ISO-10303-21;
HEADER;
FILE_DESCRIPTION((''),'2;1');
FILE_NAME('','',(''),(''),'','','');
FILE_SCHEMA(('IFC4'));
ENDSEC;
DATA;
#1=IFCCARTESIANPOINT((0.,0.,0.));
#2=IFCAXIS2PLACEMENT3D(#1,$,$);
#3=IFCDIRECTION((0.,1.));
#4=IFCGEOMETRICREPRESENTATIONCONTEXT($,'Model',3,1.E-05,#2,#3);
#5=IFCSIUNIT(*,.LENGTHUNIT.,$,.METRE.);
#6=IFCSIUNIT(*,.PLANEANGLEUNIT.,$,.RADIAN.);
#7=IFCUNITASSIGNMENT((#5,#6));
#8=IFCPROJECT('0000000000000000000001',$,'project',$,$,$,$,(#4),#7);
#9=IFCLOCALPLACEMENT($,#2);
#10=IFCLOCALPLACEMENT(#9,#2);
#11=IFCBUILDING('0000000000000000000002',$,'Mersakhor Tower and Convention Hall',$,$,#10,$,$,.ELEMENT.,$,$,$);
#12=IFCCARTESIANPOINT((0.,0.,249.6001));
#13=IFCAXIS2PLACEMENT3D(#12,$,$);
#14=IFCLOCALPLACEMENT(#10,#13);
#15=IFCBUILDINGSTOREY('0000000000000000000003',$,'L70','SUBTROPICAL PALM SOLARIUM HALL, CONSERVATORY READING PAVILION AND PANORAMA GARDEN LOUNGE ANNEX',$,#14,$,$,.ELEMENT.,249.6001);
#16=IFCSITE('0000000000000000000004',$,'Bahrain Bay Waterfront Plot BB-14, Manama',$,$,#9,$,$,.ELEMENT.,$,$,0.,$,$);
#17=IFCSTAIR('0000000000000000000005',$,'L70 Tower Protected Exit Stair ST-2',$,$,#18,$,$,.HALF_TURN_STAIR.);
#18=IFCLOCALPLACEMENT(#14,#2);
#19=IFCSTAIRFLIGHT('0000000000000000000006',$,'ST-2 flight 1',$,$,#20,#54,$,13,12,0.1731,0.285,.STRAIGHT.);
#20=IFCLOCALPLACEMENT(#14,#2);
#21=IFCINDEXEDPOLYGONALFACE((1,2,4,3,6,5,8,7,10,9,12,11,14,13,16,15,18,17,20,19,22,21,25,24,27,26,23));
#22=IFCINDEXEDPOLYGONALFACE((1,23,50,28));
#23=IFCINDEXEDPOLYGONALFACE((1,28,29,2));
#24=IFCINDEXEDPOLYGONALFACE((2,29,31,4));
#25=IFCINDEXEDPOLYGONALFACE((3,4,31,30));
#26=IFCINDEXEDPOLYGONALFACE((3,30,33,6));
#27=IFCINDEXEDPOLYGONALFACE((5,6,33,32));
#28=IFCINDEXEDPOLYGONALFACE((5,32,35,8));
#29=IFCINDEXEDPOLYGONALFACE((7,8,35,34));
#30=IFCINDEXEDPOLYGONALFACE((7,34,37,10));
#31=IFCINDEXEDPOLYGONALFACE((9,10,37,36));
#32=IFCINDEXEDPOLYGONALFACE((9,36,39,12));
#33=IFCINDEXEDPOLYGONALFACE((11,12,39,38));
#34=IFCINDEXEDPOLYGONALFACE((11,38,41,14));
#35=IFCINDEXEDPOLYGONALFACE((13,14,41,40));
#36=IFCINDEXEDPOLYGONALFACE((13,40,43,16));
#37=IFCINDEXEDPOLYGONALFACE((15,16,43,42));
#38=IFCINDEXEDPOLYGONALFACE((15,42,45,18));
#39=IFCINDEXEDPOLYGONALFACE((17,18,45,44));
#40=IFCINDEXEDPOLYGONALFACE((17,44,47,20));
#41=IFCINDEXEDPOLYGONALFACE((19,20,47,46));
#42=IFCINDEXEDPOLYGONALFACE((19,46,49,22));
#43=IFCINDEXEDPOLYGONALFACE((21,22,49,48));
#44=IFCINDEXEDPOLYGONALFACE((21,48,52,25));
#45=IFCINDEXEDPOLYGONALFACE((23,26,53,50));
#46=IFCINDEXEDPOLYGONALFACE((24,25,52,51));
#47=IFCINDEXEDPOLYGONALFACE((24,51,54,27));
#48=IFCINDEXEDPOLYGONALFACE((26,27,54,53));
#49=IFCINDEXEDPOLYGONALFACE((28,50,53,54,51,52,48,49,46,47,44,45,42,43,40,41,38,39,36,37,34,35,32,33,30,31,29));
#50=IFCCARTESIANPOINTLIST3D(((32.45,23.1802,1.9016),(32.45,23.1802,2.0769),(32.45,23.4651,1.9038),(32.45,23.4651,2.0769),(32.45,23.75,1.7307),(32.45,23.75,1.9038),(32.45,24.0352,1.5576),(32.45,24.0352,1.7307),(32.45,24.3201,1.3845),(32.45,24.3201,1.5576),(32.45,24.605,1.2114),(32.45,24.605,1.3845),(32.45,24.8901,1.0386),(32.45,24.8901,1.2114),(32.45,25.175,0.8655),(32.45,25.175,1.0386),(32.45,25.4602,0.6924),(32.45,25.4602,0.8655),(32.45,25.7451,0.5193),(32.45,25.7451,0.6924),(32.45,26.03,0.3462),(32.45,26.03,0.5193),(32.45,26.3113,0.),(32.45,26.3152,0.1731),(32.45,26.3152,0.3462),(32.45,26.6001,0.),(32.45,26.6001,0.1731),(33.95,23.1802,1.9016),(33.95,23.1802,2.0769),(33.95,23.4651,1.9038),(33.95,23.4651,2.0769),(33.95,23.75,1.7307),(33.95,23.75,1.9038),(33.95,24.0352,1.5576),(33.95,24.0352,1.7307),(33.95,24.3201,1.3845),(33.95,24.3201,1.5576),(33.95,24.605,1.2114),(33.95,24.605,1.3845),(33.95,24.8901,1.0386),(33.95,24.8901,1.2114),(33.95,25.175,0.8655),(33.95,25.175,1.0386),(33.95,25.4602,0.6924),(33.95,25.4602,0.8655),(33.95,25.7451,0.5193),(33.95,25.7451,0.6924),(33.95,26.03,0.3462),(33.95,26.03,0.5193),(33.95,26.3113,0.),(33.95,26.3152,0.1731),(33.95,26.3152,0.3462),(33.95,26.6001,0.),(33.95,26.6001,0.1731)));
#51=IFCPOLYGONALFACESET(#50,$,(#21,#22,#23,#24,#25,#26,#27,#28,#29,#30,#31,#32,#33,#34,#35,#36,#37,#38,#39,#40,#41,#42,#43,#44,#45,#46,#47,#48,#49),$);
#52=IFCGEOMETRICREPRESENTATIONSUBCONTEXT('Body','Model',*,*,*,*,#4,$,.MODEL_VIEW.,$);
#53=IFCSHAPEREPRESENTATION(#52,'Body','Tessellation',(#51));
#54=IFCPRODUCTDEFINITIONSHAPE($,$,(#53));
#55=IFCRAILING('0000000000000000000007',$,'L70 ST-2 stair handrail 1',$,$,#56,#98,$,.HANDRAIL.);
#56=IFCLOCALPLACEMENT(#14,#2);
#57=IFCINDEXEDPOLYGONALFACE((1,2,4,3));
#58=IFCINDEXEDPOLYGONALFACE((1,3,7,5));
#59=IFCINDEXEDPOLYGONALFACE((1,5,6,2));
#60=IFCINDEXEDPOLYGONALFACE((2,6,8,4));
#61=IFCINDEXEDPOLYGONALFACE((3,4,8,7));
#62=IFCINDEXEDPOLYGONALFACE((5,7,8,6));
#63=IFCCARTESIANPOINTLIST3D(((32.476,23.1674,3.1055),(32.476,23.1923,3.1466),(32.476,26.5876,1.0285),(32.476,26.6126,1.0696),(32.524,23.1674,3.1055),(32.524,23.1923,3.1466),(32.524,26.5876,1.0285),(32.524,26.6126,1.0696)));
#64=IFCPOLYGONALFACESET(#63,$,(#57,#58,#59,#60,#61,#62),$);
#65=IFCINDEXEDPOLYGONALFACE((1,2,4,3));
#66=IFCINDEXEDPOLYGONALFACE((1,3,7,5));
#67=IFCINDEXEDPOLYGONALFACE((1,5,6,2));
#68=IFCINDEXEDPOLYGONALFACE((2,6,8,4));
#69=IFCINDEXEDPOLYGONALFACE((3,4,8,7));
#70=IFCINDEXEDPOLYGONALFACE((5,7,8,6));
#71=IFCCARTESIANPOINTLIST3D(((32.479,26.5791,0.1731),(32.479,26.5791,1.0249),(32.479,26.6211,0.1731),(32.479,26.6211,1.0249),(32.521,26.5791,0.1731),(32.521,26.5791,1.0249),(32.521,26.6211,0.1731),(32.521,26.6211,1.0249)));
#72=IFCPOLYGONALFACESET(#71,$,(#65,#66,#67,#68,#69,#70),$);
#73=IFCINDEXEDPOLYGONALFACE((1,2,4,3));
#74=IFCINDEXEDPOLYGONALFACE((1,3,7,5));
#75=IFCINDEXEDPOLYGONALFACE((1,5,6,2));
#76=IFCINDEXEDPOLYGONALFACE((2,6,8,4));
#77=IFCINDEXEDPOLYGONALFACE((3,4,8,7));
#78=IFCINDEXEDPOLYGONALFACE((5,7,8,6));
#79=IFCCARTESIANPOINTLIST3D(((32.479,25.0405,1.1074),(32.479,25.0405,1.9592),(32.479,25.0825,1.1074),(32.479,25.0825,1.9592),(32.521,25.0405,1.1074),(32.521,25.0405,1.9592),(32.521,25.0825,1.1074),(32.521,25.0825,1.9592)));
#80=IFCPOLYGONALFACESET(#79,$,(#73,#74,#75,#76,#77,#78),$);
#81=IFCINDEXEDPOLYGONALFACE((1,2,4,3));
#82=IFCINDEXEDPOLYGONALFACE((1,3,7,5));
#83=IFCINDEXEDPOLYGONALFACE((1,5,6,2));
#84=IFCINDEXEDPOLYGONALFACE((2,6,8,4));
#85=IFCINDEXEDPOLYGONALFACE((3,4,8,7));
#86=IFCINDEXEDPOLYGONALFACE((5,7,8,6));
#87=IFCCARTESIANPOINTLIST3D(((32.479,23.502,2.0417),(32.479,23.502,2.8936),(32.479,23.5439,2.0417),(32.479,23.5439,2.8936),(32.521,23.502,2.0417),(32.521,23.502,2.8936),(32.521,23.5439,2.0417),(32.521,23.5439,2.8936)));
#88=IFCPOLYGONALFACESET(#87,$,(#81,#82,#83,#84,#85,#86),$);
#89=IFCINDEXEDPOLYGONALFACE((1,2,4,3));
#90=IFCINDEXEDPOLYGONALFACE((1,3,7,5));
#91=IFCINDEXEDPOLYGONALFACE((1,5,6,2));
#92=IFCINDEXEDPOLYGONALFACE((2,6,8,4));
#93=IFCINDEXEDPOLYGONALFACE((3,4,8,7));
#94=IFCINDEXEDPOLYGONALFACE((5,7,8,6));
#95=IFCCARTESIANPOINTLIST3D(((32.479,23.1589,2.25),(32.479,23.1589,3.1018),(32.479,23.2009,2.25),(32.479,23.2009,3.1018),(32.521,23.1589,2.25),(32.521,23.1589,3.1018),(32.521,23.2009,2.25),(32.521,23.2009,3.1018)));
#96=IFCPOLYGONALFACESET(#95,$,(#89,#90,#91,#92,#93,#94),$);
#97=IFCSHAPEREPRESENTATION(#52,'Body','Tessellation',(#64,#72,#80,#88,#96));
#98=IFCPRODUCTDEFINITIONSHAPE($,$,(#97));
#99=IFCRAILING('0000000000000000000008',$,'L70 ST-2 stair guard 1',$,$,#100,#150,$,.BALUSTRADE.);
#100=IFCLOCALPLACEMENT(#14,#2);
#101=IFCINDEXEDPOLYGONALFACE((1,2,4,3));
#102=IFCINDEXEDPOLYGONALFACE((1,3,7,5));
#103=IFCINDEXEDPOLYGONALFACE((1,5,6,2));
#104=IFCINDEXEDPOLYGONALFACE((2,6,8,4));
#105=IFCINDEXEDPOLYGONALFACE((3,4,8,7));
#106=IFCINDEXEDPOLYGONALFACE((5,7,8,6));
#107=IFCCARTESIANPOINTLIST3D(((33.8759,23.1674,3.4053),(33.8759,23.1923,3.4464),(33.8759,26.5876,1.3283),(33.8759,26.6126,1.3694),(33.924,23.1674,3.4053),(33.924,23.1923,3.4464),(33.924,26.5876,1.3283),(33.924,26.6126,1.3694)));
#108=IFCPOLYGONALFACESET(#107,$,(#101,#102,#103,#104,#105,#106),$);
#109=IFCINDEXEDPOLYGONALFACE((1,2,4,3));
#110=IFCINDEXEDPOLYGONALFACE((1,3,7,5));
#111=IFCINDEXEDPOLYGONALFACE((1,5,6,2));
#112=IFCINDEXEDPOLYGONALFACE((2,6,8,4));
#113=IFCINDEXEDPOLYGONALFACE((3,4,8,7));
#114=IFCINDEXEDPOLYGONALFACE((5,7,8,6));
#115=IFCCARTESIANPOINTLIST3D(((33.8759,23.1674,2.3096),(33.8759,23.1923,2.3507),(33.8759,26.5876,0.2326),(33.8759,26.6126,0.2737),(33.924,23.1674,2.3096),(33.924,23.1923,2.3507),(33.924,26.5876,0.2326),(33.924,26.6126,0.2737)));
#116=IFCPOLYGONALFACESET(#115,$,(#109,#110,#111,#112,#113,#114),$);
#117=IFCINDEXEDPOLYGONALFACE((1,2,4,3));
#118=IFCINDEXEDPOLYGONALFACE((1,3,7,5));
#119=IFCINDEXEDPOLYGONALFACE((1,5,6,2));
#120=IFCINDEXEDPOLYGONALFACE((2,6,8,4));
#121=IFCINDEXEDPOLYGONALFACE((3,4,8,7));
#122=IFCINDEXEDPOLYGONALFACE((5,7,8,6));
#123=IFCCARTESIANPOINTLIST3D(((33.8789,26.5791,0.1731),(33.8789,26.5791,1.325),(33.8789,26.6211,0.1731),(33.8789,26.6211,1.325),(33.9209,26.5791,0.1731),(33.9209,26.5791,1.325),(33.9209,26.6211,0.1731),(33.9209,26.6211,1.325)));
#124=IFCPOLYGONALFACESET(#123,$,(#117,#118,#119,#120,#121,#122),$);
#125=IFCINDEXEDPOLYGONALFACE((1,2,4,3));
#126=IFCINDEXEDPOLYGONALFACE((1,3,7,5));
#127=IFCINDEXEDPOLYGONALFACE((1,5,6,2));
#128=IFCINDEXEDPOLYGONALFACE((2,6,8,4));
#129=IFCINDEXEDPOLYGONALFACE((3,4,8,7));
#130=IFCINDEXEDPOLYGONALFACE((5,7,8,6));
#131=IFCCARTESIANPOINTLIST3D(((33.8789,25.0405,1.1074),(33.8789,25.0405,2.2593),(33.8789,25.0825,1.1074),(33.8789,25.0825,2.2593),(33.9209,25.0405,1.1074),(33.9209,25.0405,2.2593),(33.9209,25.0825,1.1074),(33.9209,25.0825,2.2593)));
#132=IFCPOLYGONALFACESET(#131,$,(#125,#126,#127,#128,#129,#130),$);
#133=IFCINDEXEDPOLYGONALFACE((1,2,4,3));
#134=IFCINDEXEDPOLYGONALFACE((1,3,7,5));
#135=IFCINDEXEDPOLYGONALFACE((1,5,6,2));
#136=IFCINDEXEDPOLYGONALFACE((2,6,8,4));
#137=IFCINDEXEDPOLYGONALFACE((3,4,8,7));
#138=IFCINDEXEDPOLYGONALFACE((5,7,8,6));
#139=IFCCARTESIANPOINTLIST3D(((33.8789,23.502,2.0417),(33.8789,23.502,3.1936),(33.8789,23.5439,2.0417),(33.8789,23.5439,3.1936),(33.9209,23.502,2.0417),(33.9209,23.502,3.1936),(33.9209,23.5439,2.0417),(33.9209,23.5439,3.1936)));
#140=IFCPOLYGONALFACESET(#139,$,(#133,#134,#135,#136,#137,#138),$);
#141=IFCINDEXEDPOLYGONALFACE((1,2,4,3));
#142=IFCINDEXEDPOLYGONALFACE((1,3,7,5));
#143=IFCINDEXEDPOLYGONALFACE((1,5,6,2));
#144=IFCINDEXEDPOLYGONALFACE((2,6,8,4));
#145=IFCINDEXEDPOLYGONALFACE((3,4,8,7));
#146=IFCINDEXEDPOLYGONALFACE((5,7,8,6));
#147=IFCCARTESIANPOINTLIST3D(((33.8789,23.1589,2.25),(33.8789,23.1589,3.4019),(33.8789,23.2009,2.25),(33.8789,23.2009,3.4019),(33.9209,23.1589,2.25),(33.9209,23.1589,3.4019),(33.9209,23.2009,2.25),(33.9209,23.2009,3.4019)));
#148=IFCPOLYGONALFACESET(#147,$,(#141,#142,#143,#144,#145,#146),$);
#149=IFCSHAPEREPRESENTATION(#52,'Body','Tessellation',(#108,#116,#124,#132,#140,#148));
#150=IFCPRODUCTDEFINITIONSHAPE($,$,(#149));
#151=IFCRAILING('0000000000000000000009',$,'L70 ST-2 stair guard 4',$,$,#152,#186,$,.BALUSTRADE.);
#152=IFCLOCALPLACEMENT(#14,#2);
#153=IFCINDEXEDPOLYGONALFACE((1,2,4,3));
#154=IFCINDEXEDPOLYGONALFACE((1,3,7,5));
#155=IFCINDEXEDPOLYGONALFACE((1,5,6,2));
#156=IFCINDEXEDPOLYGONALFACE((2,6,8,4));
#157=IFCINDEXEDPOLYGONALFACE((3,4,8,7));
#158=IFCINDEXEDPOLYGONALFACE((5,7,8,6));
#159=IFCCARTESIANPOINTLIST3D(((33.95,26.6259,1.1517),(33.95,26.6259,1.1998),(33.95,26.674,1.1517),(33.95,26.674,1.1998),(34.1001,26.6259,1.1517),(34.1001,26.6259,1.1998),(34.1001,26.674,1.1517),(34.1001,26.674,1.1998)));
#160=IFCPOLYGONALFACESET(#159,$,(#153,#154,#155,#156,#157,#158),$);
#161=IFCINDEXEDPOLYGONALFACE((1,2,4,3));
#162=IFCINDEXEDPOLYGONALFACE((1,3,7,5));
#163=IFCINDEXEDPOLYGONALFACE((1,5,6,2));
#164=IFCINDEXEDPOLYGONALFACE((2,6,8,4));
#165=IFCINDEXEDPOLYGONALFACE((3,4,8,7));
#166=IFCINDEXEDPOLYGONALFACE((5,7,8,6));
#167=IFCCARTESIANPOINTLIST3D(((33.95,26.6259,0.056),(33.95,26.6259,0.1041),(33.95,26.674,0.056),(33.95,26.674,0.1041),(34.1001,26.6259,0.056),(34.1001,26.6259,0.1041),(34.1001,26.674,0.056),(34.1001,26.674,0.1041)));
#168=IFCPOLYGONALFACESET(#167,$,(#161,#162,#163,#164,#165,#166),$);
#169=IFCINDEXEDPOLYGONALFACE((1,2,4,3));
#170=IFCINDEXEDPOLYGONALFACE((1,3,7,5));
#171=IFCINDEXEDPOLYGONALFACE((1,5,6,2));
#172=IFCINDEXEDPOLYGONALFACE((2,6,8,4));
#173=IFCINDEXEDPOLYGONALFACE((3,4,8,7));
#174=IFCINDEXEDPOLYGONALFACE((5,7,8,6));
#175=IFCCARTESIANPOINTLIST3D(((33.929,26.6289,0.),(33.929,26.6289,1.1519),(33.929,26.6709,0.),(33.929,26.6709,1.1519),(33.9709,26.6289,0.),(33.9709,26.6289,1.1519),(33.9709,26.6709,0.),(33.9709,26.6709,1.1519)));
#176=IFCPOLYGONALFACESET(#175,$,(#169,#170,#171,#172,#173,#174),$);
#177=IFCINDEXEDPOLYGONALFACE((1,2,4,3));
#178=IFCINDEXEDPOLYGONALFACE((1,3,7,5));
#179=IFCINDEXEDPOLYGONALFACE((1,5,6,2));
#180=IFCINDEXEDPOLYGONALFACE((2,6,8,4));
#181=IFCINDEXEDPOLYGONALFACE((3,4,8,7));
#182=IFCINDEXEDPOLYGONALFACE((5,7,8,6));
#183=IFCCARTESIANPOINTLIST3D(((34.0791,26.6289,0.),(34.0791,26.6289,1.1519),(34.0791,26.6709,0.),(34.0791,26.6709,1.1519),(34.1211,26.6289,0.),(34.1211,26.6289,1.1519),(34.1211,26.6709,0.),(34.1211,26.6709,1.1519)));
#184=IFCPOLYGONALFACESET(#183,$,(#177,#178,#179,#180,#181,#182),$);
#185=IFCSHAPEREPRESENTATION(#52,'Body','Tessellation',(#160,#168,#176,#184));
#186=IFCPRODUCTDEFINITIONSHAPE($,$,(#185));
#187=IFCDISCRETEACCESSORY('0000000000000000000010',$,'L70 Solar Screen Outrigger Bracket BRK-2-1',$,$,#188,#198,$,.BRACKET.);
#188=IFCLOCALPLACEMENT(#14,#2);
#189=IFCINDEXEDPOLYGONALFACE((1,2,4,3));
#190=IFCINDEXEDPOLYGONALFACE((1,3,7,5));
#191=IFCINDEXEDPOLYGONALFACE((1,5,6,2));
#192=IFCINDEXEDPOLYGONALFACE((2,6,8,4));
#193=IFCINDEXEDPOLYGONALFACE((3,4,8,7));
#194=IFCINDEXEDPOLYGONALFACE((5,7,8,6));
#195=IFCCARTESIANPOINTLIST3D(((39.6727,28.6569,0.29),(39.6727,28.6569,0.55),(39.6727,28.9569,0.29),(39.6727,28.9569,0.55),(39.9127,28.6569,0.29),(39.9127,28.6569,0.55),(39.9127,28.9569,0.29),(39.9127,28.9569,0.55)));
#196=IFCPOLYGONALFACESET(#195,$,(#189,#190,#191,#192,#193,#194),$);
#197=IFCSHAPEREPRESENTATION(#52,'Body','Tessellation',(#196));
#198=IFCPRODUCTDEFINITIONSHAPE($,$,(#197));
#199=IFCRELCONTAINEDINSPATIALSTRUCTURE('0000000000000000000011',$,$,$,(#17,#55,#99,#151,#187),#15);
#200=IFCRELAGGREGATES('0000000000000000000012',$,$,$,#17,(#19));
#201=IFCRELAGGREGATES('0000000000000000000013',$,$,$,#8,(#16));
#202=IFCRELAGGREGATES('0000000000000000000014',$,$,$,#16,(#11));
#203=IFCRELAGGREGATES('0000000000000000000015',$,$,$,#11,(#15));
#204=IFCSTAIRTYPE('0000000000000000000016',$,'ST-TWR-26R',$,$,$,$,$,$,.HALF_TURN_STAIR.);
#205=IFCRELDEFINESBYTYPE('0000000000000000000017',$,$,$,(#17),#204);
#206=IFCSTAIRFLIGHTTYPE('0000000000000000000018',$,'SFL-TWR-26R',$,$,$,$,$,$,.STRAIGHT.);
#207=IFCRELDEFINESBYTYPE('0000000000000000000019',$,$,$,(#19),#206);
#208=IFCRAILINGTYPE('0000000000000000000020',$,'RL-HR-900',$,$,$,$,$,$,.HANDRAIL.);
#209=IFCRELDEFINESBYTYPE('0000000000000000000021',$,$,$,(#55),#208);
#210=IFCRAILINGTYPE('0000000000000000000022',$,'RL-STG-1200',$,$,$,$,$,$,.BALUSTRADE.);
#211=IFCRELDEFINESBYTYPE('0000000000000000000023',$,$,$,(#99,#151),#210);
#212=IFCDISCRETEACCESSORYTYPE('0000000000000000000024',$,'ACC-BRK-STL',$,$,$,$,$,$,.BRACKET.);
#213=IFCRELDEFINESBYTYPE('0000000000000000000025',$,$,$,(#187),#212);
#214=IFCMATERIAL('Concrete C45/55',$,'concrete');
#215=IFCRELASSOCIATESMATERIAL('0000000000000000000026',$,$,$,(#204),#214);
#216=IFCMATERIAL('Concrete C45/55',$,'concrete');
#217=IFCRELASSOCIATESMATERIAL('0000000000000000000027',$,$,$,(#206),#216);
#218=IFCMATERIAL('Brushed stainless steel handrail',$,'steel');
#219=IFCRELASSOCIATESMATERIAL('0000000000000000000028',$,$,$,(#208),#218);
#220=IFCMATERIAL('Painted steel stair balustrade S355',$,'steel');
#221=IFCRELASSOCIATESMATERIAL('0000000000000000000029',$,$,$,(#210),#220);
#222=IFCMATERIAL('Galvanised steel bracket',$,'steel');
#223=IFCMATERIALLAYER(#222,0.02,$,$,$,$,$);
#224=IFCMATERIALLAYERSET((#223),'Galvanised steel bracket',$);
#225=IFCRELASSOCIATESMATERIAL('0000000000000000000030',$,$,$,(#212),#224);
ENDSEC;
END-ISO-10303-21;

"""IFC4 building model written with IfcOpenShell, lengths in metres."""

from ifc_helpers import new_model, si_unit, direction, frame, origin, origin_2d, place, context, subcontext, project, spatial, polyline, rectangle, outline, extrude, material, layer, layer_set, type_object, element, aggregate, save


model = new_model("IFC4")

# Units and contexts
model_context = context("Model", 3, precision=1e-05, world=origin(), true_north=direction((0.0, 1.0)))
body_context = subcontext(model_context, "Body", "Model", "MODEL_VIEW")
ifc_project = project(units=[si_unit("LENGTHUNIT", "METRE"), si_unit("PLANEANGLEUNIT", "RADIAN")], contexts=[model_context])

# Site, building, storey
site_placement = place(None, origin())
site = spatial("IfcSite", under=ifc_project, at=site_placement, Name="Bahrain Bay Waterfront Plot BB-14, Manama", CompositionType="ELEMENT", RefElevation=0.0)
building_placement = place(site_placement, origin())
building = spatial("IfcBuilding", under=site, at=building_placement, Name="Mersakhor Tower and Convention Hall", CompositionType="ELEMENT")
storey_placement = place(building_placement, frame((0.0, 0.0, 249.6001)))
storey = spatial("IfcBuildingStorey", under=building, at=storey_placement, Name="L70", Description="SUBTROPICAL PALM SOLARIUM HALL, CONSERVATORY READING PAVILION AND PANORAMA GARDEN LOUNGE ANNEX", CompositionType="ELEMENT", Elevation=249.6001)

# Stair, stair flight
ifc_material_1 = material(Name="Concrete C45/55", Category="concrete")
stair_type = type_object("IfcStairType", Name="ST-TWR-26R", PredefinedType="HALF_TURN_STAIR", material=ifc_material_1)
stair_placement = place(storey_placement, origin())
stair = element("IfcStair", 1, at=stair_placement, inside=storey, type_object=stair_type, Name="L70 Tower Protected Exit Stair ST-2", PredefinedType="HALF_TURN_STAIR")
ifc_material_2 = material(Name="Concrete C45/55", Category="concrete")
stair_flight_type = type_object("IfcStairFlightType", Name="SFL-TWR-26R", PredefinedType="STRAIGHT", material=ifc_material_2)
stair_flight_placement = place(storey_placement, frame((33.2, 26.6001, 0.0), z_axis=(0.0, 0.0, 1.0), x_axis=(0.0, -1.0, 0.0)))
stair_flight = element("IfcStairFlight", 2, at=stair_flight_placement, type_object=stair_flight_type, Name="ST-2 flight 1", NumberOfRisers=13, NumberOfTreads=12, PredefinedType="STRAIGHT", RiserHeight=0.1731, TreadLength=0.285, context=body_context, shape_type="SweptSolid", body=[
    extrude(outline(polyline([(0.0, 0.0), (0.0, 0.1731), (0.2849, 0.1731), (0.2849, 0.3462), (0.5701, 0.3462), (0.5701, 0.5193), (0.855, 0.5193), (0.855, 0.6924), (1.1399, 0.6924), (1.1399, 0.8655), (1.425, 0.8655), (1.425, 1.0386), (1.71, 1.0386), (1.71, 1.2114), (1.9951, 1.2114), (1.9951, 1.3845), (2.28, 1.3845), (2.28, 1.5576), (2.5649, 1.5576), (2.5649, 1.7307), (2.8501, 1.7307), (2.8501, 1.9038), (3.135, 1.9038), (3.135, 2.0769), (3.4199, 2.0769), (3.4199, 2.25), (3.4199, 1.9016), (0.2888, 0.0), (0.0, 0.0)])), frame((0.0, 0.75, 0.0), z_axis=(0.0, -1.0, 0.0), x_axis=(1.0, 0.0, 0.0)), (0.0, 0.0, 1.0), 1.5),
])
aggregate(stair, [stair_flight])

# Railings
ifc_material_3 = material(Name="Brushed stainless steel handrail", Category="steel")
railing_type_1 = type_object("IfcRailingType", Name="RL-HR-900", PredefinedType="HANDRAIL", material=ifc_material_3)
railing_1_placement = place(storey_placement, frame((32.5, 26.6001, 0.1731)))
element("IfcRailing", 3, at=railing_1_placement, inside=storey, type_object=railing_type_1, Name="L70 ST-2 stair handrail 1", PredefinedType="HANDRAIL", context=body_context, shape_type="SweptSolid", body=[
    extrude(rectangle(XDim=0.0481, YDim=0.0481, at=origin_2d()), frame((0.0, 0.0, 0.876), z_axis=(0.0, -0.854746, 0.519047), x_axis=(1.0, 0.0, 0.0)), (0.0, 0.0, 1.0), 4.0015),
    extrude(rectangle(XDim=0.042, YDim=0.042, at=origin_2d()), origin(), (0.0, 0.0, 1.0), 0.8518),
    extrude(rectangle(XDim=0.042, YDim=0.042, at=origin_2d()), frame((0.0, -1.5386, 0.9343)), (0.0, 0.0, 1.0), 0.8518),
    extrude(rectangle(XDim=0.042, YDim=0.042, at=origin_2d()), frame((0.0, -3.0771, 1.8687)), (0.0, 0.0, 1.0), 0.8518),
    extrude(rectangle(XDim=0.042, YDim=0.042, at=origin_2d()), frame((0.0, -3.4202, 2.0769)), (0.0, 0.0, 1.0), 0.8518),
])
ifc_material_4 = material(Name="Painted steel stair balustrade S355", Category="steel")
railing_type_2 = type_object("IfcRailingType", Name="RL-STG-1200", PredefinedType="BALUSTRADE", material=ifc_material_4)
railing_2_placement = place(storey_placement, frame((33.8999, 26.6001, 0.1731)))
element("IfcRailing", 4, at=railing_2_placement, inside=storey, type_object=railing_type_2, Name="L70 ST-2 stair guard 1", PredefinedType="BALUSTRADE", context=body_context, shape_type="SweptSolid", body=[
    extrude(rectangle(XDim=0.0481, YDim=0.0481, at=origin_2d()), frame((0.0, 0.0, 1.1758), z_axis=(0.0, -0.854746, 0.519047), x_axis=(1.0, 0.0, 0.0)), (0.0, 0.0, 1.0), 4.0015),
    extrude(rectangle(XDim=0.0481, YDim=0.0481, at=origin_2d()), frame((0.0, 0.0, 0.0801), z_axis=(0.0, -0.854746, 0.519047), x_axis=(1.0, 0.0, 0.0)), (0.0, 0.0, 1.0), 4.0015),
    extrude(rectangle(XDim=0.042, YDim=0.042, at=origin_2d()), origin(), (0.0, 0.0, 1.0), 1.1519),
    extrude(rectangle(XDim=0.042, YDim=0.042, at=origin_2d()), frame((0.0, -1.5386, 0.9343)), (0.0, 0.0, 1.0), 1.1519),
    extrude(rectangle(XDim=0.042, YDim=0.042, at=origin_2d()), frame((0.0, -3.0771, 1.8687)), (0.0, 0.0, 1.0), 1.1519),
    extrude(rectangle(XDim=0.042, YDim=0.042, at=origin_2d()), frame((0.0, -3.4202, 2.0769)), (0.0, 0.0, 1.0), 1.1519),
])
railing_3_placement = place(storey_placement, frame((33.95, 26.6499, 0.0)))
element("IfcRailing", 5, at=railing_3_placement, inside=storey, type_object=railing_type_2, Name="L70 ST-2 stair guard 4", PredefinedType="BALUSTRADE", context=body_context, shape_type="SweptSolid", body=[
    extrude(rectangle(XDim=0.0481, YDim=0.0481, at=origin_2d()), frame((0.0, 0.0, 1.1758), z_axis=(1.0, 0.0, 0.0), x_axis=(0.0, 1.0, 0.0)), (0.0, 0.0, 1.0), 0.1501),
    extrude(rectangle(XDim=0.0481, YDim=0.0481, at=origin_2d()), frame((0.0, 0.0, 0.0801), z_axis=(1.0, 0.0, 0.0), x_axis=(0.0, 1.0, 0.0)), (0.0, 0.0, 1.0), 0.1501),
    extrude(rectangle(XDim=0.042, YDim=0.042, at=origin_2d()), origin(), (0.0, 0.0, 1.0), 1.1519),
    extrude(rectangle(XDim=0.042, YDim=0.042, at=origin_2d()), frame((0.1501, 0.0, 0.0)), (0.0, 0.0, 1.0), 1.1519),
])

# Discrete accessory
ifc_material_5 = material(Name="Galvanised steel bracket", Category="steel")
ifc_layer_1 = layer(ifc_material_5, 0.02)
ifc_layer_set_1 = layer_set([ifc_layer_1], Name="Galvanised steel bracket")
discrete_accessory_type = type_object("IfcDiscreteAccessoryType", Name="ACC-BRK-STL", PredefinedType="BRACKET", material=ifc_layer_set_1)
discrete_accessory_placement = place(storey_placement, frame((39.7927, 28.8069, 0.29), z_axis=(0.0, 0.0, 1.0), x_axis=(0.0, -1.0, 0.0)))
element("IfcDiscreteAccessory", 6, at=discrete_accessory_placement, inside=storey, type_object=discrete_accessory_type, Name="L70 Solar Screen Outrigger Bracket BRK-2-1", PredefinedType="BRACKET", context=body_context, shape_type="SweptSolid", body=[
    extrude(rectangle(XDim=0.3, YDim=0.24, at=origin_2d()), origin(), (0.0, 0.0, 1.0), 0.26),
])

save(model, "model.ifc")
